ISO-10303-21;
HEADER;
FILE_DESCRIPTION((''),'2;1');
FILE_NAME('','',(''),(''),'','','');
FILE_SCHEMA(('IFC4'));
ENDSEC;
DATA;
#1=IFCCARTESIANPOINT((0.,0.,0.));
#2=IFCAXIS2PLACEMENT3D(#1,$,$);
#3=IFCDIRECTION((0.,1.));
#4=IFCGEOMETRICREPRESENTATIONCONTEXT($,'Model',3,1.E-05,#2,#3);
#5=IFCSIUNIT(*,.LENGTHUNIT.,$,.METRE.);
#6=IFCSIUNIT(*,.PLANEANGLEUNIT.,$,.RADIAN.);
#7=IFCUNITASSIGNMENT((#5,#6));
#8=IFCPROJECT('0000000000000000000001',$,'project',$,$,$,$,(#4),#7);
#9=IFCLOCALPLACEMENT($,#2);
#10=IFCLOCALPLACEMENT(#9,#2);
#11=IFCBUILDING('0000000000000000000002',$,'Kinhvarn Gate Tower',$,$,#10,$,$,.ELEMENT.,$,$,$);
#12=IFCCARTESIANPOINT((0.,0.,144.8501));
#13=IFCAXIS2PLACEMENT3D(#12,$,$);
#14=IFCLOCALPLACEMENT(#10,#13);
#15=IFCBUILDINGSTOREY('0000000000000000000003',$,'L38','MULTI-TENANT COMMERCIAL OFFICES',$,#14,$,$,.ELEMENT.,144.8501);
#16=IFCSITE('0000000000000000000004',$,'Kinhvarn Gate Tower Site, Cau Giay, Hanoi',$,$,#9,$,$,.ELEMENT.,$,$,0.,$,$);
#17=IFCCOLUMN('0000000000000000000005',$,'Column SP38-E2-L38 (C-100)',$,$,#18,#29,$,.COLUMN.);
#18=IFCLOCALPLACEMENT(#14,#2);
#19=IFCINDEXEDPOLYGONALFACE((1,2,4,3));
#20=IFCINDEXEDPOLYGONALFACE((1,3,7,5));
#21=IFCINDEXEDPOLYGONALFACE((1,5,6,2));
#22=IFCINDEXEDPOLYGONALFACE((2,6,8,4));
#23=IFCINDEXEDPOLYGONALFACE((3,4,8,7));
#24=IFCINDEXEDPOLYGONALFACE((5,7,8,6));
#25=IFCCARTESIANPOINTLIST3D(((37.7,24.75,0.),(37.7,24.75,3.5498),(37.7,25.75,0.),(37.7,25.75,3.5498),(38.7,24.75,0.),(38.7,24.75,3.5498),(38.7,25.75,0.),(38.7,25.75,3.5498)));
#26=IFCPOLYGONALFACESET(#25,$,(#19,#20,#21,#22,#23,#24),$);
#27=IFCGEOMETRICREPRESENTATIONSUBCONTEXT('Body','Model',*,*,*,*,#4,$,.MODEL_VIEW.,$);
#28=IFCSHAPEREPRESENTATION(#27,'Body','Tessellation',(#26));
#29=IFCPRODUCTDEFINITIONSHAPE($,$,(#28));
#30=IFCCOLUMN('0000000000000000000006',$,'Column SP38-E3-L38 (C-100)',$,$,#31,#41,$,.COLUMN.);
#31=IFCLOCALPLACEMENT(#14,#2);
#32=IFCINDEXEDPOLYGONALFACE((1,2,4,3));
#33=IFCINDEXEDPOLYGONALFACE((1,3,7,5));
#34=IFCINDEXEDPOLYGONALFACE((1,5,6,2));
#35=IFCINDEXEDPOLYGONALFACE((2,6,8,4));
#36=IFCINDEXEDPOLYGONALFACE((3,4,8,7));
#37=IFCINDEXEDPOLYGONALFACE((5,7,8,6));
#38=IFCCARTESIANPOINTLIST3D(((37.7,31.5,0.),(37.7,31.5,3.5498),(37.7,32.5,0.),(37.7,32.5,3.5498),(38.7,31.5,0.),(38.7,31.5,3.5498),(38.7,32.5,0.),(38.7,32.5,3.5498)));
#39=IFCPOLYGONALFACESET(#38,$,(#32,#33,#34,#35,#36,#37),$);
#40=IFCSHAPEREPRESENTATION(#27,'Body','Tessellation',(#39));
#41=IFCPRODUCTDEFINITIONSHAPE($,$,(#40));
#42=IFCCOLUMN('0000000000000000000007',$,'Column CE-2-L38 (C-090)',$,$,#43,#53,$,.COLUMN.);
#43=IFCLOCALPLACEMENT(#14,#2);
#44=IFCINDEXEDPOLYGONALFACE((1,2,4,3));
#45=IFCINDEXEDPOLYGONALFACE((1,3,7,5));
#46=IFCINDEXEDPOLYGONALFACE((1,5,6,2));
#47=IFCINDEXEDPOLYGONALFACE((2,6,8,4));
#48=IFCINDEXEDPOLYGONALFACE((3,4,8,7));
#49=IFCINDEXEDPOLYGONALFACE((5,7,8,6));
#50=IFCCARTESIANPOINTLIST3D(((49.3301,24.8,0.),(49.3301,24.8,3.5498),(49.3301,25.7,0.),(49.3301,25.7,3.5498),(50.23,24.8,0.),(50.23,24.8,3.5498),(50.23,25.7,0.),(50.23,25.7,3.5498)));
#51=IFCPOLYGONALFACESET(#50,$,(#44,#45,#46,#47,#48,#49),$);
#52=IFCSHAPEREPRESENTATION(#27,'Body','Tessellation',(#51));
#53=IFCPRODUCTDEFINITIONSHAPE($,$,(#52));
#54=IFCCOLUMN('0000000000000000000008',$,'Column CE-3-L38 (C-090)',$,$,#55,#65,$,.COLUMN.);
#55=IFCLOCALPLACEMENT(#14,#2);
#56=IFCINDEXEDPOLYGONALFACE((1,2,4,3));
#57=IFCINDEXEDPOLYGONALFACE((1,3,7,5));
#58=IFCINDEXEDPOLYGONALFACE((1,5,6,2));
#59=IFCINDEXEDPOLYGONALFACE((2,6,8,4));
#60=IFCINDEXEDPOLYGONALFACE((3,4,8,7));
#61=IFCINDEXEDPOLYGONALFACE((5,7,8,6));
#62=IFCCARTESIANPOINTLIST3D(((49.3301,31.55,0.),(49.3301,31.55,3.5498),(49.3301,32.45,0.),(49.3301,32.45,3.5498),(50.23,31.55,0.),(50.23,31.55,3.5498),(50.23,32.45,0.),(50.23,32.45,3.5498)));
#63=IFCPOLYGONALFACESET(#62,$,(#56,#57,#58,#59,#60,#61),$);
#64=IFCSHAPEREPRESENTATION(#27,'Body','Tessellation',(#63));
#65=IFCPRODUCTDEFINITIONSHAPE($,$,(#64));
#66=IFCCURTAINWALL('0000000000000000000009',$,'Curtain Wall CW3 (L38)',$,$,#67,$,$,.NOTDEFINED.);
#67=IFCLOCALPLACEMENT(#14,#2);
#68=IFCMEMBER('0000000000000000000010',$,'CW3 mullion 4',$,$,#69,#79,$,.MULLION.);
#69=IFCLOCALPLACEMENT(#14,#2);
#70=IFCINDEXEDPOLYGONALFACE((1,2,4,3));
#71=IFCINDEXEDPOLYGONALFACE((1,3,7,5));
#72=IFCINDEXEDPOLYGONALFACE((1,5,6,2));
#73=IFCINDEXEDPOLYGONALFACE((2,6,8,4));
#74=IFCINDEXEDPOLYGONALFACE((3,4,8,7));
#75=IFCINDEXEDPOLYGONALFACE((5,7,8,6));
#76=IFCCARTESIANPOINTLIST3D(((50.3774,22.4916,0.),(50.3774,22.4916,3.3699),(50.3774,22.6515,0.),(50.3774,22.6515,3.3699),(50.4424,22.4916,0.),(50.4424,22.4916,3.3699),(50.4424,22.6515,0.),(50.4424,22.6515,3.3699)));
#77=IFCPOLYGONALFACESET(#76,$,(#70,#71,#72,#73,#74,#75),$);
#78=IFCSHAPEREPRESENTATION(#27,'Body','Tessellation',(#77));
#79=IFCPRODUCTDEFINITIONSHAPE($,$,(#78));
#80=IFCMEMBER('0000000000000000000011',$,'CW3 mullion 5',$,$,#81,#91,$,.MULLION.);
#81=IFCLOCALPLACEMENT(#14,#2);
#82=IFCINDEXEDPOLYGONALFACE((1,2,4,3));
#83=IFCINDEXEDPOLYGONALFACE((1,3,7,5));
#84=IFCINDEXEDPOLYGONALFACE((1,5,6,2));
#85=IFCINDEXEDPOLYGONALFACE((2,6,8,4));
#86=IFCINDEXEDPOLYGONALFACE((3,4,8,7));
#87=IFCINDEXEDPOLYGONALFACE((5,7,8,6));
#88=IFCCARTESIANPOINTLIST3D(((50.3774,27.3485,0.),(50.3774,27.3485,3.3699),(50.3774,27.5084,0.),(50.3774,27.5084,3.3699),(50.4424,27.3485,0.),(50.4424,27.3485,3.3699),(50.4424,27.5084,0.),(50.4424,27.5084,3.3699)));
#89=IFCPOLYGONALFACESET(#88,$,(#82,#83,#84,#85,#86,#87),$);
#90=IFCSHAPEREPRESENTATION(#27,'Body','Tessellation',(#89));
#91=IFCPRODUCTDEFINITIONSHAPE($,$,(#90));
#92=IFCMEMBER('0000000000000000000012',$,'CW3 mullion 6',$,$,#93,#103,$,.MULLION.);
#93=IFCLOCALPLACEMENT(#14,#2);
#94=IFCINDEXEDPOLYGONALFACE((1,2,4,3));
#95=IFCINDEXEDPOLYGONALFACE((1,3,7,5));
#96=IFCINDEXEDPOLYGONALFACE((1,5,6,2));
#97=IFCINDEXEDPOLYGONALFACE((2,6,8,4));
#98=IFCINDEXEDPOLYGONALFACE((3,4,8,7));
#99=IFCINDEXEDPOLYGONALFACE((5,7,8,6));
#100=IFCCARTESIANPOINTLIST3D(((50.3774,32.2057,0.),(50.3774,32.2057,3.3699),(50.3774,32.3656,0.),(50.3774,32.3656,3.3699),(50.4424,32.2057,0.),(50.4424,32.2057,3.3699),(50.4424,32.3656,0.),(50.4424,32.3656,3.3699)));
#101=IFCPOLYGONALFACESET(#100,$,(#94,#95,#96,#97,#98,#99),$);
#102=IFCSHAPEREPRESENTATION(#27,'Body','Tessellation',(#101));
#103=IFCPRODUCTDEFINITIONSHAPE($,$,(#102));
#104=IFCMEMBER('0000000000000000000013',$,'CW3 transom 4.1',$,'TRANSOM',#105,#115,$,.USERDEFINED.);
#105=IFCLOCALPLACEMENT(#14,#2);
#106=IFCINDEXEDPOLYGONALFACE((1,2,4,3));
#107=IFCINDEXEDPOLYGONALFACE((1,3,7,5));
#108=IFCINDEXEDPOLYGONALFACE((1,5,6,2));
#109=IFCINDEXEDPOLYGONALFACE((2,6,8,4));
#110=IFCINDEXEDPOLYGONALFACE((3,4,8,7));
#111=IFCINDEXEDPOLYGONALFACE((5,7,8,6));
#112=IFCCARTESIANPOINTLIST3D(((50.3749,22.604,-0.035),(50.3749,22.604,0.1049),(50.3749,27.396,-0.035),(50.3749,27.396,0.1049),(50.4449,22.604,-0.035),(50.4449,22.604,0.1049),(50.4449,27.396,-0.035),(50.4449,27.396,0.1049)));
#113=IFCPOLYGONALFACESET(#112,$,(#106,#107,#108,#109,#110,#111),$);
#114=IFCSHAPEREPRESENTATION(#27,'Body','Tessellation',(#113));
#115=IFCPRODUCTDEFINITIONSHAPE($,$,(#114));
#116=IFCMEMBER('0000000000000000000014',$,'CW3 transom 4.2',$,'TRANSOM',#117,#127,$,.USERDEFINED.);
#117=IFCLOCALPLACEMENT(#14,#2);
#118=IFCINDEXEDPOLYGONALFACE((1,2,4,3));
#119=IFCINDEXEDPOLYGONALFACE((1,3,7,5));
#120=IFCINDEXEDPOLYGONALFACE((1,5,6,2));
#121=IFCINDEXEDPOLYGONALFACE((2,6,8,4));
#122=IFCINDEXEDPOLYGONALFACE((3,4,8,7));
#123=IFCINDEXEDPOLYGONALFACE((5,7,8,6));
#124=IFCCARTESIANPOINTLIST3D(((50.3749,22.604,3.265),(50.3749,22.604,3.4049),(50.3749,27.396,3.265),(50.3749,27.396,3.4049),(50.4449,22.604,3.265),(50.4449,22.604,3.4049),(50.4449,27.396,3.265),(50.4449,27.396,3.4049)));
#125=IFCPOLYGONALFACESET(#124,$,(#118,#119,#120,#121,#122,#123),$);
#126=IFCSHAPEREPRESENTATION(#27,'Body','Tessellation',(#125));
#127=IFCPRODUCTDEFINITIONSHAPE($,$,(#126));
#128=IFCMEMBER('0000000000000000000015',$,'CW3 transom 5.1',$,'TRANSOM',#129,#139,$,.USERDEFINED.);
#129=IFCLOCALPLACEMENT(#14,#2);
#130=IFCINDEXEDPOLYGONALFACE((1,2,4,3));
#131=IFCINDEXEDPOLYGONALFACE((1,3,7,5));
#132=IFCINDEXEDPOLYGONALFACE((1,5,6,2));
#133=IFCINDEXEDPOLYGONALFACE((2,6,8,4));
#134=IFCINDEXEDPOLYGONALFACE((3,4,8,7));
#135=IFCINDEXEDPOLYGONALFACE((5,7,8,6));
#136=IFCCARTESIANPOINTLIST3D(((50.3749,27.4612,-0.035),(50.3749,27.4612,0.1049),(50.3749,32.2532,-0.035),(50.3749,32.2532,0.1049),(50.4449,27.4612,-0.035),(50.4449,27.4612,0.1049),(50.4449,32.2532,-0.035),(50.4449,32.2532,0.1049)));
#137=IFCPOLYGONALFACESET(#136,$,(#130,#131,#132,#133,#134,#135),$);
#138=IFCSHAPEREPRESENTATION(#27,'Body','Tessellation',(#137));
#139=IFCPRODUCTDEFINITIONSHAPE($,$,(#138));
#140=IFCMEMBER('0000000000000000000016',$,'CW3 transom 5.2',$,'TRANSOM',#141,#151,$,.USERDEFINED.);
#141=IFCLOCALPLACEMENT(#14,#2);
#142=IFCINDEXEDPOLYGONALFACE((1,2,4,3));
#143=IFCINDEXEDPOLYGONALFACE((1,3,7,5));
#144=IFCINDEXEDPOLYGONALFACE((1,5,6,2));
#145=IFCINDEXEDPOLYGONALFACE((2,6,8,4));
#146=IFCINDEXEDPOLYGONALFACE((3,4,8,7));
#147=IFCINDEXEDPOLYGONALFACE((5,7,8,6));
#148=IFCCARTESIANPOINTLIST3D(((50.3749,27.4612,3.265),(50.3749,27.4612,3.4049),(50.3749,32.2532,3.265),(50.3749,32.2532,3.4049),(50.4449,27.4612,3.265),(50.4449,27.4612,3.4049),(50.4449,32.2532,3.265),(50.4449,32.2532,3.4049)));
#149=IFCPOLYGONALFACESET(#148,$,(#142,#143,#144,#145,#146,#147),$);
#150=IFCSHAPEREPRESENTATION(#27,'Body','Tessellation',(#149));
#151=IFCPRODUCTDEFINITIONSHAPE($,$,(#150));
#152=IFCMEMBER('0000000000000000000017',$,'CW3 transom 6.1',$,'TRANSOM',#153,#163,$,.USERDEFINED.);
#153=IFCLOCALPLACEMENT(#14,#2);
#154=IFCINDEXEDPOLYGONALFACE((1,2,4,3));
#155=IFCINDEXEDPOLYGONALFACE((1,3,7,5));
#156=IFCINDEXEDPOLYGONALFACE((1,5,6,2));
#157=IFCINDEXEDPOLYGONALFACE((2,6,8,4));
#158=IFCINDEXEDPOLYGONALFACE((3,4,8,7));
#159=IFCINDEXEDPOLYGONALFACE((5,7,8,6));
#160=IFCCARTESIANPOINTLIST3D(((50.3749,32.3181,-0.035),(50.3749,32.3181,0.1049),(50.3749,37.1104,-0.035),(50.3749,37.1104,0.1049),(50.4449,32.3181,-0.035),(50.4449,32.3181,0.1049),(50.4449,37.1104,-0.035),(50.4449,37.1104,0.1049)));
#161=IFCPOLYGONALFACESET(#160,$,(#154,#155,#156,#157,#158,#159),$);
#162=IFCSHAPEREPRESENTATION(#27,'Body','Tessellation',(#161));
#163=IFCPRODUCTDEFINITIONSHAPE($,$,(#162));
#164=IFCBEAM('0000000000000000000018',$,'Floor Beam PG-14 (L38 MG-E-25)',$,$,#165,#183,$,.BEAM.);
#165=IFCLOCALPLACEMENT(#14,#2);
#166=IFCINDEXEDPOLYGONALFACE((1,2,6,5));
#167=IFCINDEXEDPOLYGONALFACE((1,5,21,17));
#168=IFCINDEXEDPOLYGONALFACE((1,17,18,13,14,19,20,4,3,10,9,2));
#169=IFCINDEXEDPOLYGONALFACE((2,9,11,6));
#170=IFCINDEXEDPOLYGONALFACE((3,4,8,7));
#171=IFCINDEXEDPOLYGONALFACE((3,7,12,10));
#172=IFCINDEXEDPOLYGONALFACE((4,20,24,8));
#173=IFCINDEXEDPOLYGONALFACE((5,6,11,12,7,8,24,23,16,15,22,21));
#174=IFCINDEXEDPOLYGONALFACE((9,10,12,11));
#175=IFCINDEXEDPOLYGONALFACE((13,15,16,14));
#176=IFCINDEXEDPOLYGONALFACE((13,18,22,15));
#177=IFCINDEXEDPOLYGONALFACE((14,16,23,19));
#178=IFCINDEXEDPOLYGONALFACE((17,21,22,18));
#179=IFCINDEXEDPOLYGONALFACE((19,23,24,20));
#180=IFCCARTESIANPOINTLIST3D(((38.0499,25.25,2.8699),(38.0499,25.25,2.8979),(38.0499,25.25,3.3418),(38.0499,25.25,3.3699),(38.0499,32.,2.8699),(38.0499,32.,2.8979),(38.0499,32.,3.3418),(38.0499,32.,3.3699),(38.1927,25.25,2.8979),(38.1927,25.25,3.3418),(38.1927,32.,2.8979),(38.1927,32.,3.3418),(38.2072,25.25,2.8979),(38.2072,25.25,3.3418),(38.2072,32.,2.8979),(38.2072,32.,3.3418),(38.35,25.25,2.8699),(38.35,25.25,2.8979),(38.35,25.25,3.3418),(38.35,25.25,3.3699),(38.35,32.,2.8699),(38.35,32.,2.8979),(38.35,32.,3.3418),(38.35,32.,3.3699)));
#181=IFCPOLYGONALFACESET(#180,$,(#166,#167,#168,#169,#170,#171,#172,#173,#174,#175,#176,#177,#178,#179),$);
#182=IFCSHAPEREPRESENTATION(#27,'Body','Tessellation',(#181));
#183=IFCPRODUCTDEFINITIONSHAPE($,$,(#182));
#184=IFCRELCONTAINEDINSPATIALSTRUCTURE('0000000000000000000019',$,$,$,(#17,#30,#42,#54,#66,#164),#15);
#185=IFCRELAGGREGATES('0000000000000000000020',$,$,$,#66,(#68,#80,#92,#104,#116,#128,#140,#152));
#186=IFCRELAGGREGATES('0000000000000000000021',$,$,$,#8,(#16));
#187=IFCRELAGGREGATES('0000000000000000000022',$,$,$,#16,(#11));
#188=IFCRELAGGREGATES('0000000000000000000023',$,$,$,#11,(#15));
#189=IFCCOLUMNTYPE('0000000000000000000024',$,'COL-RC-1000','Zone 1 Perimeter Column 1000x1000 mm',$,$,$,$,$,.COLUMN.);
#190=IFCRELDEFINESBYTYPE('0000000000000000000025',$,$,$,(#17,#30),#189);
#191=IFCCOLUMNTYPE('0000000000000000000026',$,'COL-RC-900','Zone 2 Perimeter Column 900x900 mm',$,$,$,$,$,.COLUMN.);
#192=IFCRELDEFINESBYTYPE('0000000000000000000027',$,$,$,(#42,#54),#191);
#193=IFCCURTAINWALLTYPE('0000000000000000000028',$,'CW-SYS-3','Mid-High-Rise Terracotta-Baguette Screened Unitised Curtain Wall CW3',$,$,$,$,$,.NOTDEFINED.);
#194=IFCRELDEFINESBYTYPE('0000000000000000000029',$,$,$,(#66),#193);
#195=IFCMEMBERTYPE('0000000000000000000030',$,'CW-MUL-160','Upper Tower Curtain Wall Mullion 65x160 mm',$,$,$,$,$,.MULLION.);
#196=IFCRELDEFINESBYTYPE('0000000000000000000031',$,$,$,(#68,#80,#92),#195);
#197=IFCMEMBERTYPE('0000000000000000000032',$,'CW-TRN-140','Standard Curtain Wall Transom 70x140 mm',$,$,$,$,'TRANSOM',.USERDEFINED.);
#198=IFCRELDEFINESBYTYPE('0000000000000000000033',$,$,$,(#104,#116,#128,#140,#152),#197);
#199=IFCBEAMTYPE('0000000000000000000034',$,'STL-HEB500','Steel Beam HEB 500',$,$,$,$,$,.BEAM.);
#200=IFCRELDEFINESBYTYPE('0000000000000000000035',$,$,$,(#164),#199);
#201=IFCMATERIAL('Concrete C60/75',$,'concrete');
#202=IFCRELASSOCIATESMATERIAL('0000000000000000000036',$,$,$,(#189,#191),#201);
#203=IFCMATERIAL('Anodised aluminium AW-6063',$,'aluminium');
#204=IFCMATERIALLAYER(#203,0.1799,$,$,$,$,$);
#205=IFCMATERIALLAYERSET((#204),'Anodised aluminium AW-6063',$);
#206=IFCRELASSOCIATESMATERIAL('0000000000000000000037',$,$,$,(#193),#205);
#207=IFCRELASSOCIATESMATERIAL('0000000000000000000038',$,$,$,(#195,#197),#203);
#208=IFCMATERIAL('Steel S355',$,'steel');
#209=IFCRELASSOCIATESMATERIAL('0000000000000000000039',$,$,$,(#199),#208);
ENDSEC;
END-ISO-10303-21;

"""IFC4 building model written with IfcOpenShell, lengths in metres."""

from ifc_helpers import new_model, si_unit, direction, frame, origin, origin_2d, place, context, subcontext, project, spatial, rectangle, i_section, extrude, material, layer, layer_set, material_profile, profile_set, type_object, element, aggregate, save


model = new_model("IFC4")

# Units and contexts
model_context = context("Model", 3, precision=1e-05, world=origin(), true_north=direction((0.0, 1.0)))
body_context = subcontext(model_context, "Body", "Model", "MODEL_VIEW")
ifc_project = project(units=[si_unit("LENGTHUNIT", "METRE"), si_unit("PLANEANGLEUNIT", "RADIAN")], contexts=[model_context])

# Site, building, storey
site_placement = place(None, origin())
site = spatial("IfcSite", under=ifc_project, at=site_placement, Name="Kinhvarn Gate Tower Site, Cau Giay, Hanoi", CompositionType="ELEMENT", RefElevation=0.0)
building_placement = place(site_placement, origin())
building = spatial("IfcBuilding", under=site, at=building_placement, Name="Kinhvarn Gate Tower", CompositionType="ELEMENT")
storey_placement = place(building_placement, frame((0.0, 0.0, 144.8501)))
storey = spatial("IfcBuildingStorey", under=building, at=storey_placement, Name="L38", Description="MULTI-TENANT COMMERCIAL OFFICES", CompositionType="ELEMENT", Elevation=144.8501)

# Columns
ifc_material_1 = material(Name="Concrete C60/75", Category="concrete")
ifc_material_profile_1 = material_profile(ifc_material_1, rectangle(XDim=1.0, YDim=1.0, at=origin_2d()), Name="RC 1000x1000")
ifc_profile_set_1 = profile_set([ifc_material_profile_1], Name="Concrete C60/75")
column_type_1 = type_object("IfcColumnType", Name="COL-RC-1000", Description="Zone 1 Perimeter Column 1000x1000 mm", PredefinedType="COLUMN", material=ifc_profile_set_1)
for number, where, z_axis, x_axis, name in (
    (1, (38.2, 25.25, 0.0), (0.0, 0.0, 1.0), (1.0, 0.0, 0.0), "Column SP38-E2-L38 (C-100)"),
    (2, (38.2, 32.0, 0.0), (0.0, 0.0, 1.0), (1.0, 0.0, 0.0), "Column SP38-E3-L38 (C-100)"),
):
    element("IfcColumn", number, at=place(storey_placement, frame(where, z_axis=z_axis, x_axis=x_axis)), inside=storey, type_object=column_type_1, Name=name, PredefinedType="COLUMN", context=body_context, shape_type="SweptSolid", body=[
        extrude(rectangle(XDim=1.0, YDim=1.0, at=origin_2d()), origin(), (0.0, 0.0, 1.0), 3.5498),
    ])
ifc_material_profile_2 = material_profile(ifc_material_1, rectangle(XDim=0.8999, YDim=0.8999, at=origin_2d()), Name="RC 900x900")
ifc_profile_set_2 = profile_set([ifc_material_profile_2], Name="Concrete C60/75")
column_type_2 = type_object("IfcColumnType", Name="COL-RC-900", Description="Zone 2 Perimeter Column 900x900 mm", PredefinedType="COLUMN", material=ifc_profile_set_2)
for number, where, z_axis, x_axis, name in (
    (3, (49.78, 25.25, 0.0), (0.0, 0.0, 1.0), (1.0, 0.0, 0.0), "Column CE-2-L38 (C-090)"),
    (4, (49.78, 32.0, 0.0), (0.0, 0.0, 1.0), (1.0, 0.0, 0.0), "Column CE-3-L38 (C-090)"),
):
    element("IfcColumn", number, at=place(storey_placement, frame(where, z_axis=z_axis, x_axis=x_axis)), inside=storey, type_object=column_type_2, Name=name, PredefinedType="COLUMN", context=body_context, shape_type="SweptSolid", body=[
        extrude(rectangle(XDim=0.8999, YDim=0.8999, at=origin_2d()), origin(), (0.0, 0.0, 1.0), 3.5498),
    ])

# Curtain wall, members
ifc_material_2 = material(Name="Anodised aluminium AW-6063", Category="aluminium")
ifc_layer_1 = layer(ifc_material_2, 0.1799)
ifc_layer_set_1 = layer_set([ifc_layer_1], Name="Anodised aluminium AW-6063")
curtain_wall_type = type_object("IfcCurtainWallType", Name="CW-SYS-3", Description="Mid-High-Rise Terracotta-Baguette Screened Unitised Curtain Wall CW3", PredefinedType="NOTDEFINED", material=ifc_layer_set_1)
curtain_wall_placement = place(storey_placement, origin())
curtain_wall = element("IfcCurtainWall", 5, at=curtain_wall_placement, inside=storey, type_object=curtain_wall_type, Name="Curtain Wall CW3 (L38)", PredefinedType="NOTDEFINED")
ifc_material_profile_3 = material_profile(ifc_material_2, rectangle(XDim=0.0649, YDim=0.1599, at=origin_2d()), Name="ALU 65x160")
ifc_profile_set_3 = profile_set([ifc_material_profile_3], Name="Anodised aluminium AW-6063")
member_type_1 = type_object("IfcMemberType", Name="CW-MUL-160", Description="Upper Tower Curtain Wall Mullion 65x160 mm", PredefinedType="MULLION", material=ifc_profile_set_3)
member_1_placement = place(storey_placement, frame((50.4099, 22.5715, 0.0), z_axis=(0.0, 0.0, 1.0), x_axis=(-1.0, 0.0, 0.0)))
member_1 = element("IfcMember", 6, at=member_1_placement, type_object=member_type_1, Name="CW3 mullion 4", PredefinedType="MULLION", context=body_context, shape_type="SweptSolid", body=[
    extrude(rectangle(XDim=0.0649, YDim=0.1599, at=origin_2d()), origin(), (0.0, 0.0, 1.0), 3.3699),
])
member_2_placement = place(storey_placement, frame((50.4099, 27.4285, 0.0), z_axis=(0.0, 0.0, 1.0), x_axis=(-1.0, 0.0, 0.0)))
member_2 = element("IfcMember", 7, at=member_2_placement, type_object=member_type_1, Name="CW3 mullion 5", PredefinedType="MULLION", context=body_context, shape_type="SweptSolid", body=[
    extrude(rectangle(XDim=0.0649, YDim=0.1599, at=origin_2d()), origin(), (0.0, 0.0, 1.0), 3.3699),
])
member_3_placement = place(storey_placement, frame((50.4099, 32.2856, 0.0), z_axis=(0.0, 0.0, 1.0), x_axis=(-1.0, 0.0, 0.0)))
member_3 = element("IfcMember", 8, at=member_3_placement, type_object=member_type_1, Name="CW3 mullion 6", PredefinedType="MULLION", context=body_context, shape_type="SweptSolid", body=[
    extrude(rectangle(XDim=0.0649, YDim=0.1599, at=origin_2d()), origin(), (0.0, 0.0, 1.0), 3.3699),
])
ifc_material_profile_4 = material_profile(ifc_material_2, rectangle(XDim=0.0701, YDim=0.1399, at=origin_2d()), Name="ALU 70x140")
ifc_profile_set_4 = profile_set([ifc_material_profile_4], Name="Anodised aluminium AW-6063")
member_type_2 = type_object("IfcMemberType", Name="CW-TRN-140", Description="Standard Curtain Wall Transom 70x140 mm", ElementType="TRANSOM", PredefinedType="USERDEFINED", material=ifc_profile_set_4)
member_4_placement = place(storey_placement, frame((50.4099, 22.604, 0.0349), z_axis=(0.0, 1.0, 0.0), x_axis=(-1.0, 0.0, 0.0)))
member_4 = element("IfcMember", 9, at=member_4_placement, type_object=member_type_2, Name="CW3 transom 4.1", ObjectType="TRANSOM", PredefinedType="USERDEFINED", context=body_context, shape_type="SweptSolid", body=[
    extrude(rectangle(XDim=0.0701, YDim=0.1399, at=origin_2d()), origin(), (0.0, 0.0, 1.0), 4.792),
])
member_5_placement = place(storey_placement, frame((50.4099, 22.604, 3.335), z_axis=(0.0, 1.0, 0.0), x_axis=(-1.0, 0.0, 0.0)))
member_5 = element("IfcMember", 10, at=member_5_placement, type_object=member_type_2, Name="CW3 transom 4.2", ObjectType="TRANSOM", PredefinedType="USERDEFINED", context=body_context, shape_type="SweptSolid", body=[
    extrude(rectangle(XDim=0.0701, YDim=0.1399, at=origin_2d()), origin(), (0.0, 0.0, 1.0), 4.792),
])
member_6_placement = place(storey_placement, frame((50.4099, 27.4612, 0.0349), z_axis=(0.0, 1.0, 0.0), x_axis=(-1.0, 0.0, 0.0)))
member_6 = element("IfcMember", 11, at=member_6_placement, type_object=member_type_2, Name="CW3 transom 5.1", ObjectType="TRANSOM", PredefinedType="USERDEFINED", context=body_context, shape_type="SweptSolid", body=[
    extrude(rectangle(XDim=0.0701, YDim=0.1399, at=origin_2d()), origin(), (0.0, 0.0, 1.0), 4.792),
])
member_7_placement = place(storey_placement, frame((50.4099, 27.4612, 3.335), z_axis=(0.0, 1.0, 0.0), x_axis=(-1.0, 0.0, 0.0)))
member_7 = element("IfcMember", 12, at=member_7_placement, type_object=member_type_2, Name="CW3 transom 5.2", ObjectType="TRANSOM", PredefinedType="USERDEFINED", context=body_context, shape_type="SweptSolid", body=[
    extrude(rectangle(XDim=0.0701, YDim=0.1399, at=origin_2d()), origin(), (0.0, 0.0, 1.0), 4.792),
])
member_8_placement = place(storey_placement, frame((50.4099, 32.3181, 0.0349), z_axis=(0.0, 1.0, 0.0), x_axis=(-1.0, 0.0, 0.0)))
member_8 = element("IfcMember", 13, at=member_8_placement, type_object=member_type_2, Name="CW3 transom 6.1", ObjectType="TRANSOM", PredefinedType="USERDEFINED", context=body_context, shape_type="SweptSolid", body=[
    extrude(rectangle(XDim=0.0701, YDim=0.1399, at=origin_2d()), origin(), (0.0, 0.0, 1.0), 4.7922),
])

# Beam
ifc_material_3 = material(Name="Steel S355", Category="steel")
ifc_material_profile_5 = material_profile(ifc_material_3, i_section(OverallWidth=0.3, OverallDepth=0.5, WebThickness=0.0144, FlangeThickness=0.0281, at=origin_2d()), Name="HEB 500")
ifc_profile_set_5 = profile_set([ifc_material_profile_5], Name="Steel S355")
beam_type_1 = type_object("IfcBeamType", Name="STL-HEB500", Description="Steel Beam HEB 500", PredefinedType="BEAM", material=ifc_profile_set_5)
beam_1_placement = place(storey_placement, frame((38.2, 25.25, 3.1199), z_axis=(0.0, 1.0, 0.0), x_axis=(-1.0, 0.0, 0.0)))
element("IfcBeam", 14, at=beam_1_placement, inside=storey, type_object=beam_type_1, Name="Floor Beam PG-14 (L38 MG-E-25)", PredefinedType="BEAM", context=body_context, shape_type="SweptSolid", body=[
    extrude(i_section(OverallWidth=0.3, OverallDepth=0.5, WebThickness=0.0144, FlangeThickness=0.0281, at=origin_2d()), origin(), (0.0, 0.0, 1.0), 6.75),
])

aggregate(curtain_wall, [member_1, member_2, member_3, member_4, member_5, member_6, member_7, member_8])

save(model, "model.ifc")
